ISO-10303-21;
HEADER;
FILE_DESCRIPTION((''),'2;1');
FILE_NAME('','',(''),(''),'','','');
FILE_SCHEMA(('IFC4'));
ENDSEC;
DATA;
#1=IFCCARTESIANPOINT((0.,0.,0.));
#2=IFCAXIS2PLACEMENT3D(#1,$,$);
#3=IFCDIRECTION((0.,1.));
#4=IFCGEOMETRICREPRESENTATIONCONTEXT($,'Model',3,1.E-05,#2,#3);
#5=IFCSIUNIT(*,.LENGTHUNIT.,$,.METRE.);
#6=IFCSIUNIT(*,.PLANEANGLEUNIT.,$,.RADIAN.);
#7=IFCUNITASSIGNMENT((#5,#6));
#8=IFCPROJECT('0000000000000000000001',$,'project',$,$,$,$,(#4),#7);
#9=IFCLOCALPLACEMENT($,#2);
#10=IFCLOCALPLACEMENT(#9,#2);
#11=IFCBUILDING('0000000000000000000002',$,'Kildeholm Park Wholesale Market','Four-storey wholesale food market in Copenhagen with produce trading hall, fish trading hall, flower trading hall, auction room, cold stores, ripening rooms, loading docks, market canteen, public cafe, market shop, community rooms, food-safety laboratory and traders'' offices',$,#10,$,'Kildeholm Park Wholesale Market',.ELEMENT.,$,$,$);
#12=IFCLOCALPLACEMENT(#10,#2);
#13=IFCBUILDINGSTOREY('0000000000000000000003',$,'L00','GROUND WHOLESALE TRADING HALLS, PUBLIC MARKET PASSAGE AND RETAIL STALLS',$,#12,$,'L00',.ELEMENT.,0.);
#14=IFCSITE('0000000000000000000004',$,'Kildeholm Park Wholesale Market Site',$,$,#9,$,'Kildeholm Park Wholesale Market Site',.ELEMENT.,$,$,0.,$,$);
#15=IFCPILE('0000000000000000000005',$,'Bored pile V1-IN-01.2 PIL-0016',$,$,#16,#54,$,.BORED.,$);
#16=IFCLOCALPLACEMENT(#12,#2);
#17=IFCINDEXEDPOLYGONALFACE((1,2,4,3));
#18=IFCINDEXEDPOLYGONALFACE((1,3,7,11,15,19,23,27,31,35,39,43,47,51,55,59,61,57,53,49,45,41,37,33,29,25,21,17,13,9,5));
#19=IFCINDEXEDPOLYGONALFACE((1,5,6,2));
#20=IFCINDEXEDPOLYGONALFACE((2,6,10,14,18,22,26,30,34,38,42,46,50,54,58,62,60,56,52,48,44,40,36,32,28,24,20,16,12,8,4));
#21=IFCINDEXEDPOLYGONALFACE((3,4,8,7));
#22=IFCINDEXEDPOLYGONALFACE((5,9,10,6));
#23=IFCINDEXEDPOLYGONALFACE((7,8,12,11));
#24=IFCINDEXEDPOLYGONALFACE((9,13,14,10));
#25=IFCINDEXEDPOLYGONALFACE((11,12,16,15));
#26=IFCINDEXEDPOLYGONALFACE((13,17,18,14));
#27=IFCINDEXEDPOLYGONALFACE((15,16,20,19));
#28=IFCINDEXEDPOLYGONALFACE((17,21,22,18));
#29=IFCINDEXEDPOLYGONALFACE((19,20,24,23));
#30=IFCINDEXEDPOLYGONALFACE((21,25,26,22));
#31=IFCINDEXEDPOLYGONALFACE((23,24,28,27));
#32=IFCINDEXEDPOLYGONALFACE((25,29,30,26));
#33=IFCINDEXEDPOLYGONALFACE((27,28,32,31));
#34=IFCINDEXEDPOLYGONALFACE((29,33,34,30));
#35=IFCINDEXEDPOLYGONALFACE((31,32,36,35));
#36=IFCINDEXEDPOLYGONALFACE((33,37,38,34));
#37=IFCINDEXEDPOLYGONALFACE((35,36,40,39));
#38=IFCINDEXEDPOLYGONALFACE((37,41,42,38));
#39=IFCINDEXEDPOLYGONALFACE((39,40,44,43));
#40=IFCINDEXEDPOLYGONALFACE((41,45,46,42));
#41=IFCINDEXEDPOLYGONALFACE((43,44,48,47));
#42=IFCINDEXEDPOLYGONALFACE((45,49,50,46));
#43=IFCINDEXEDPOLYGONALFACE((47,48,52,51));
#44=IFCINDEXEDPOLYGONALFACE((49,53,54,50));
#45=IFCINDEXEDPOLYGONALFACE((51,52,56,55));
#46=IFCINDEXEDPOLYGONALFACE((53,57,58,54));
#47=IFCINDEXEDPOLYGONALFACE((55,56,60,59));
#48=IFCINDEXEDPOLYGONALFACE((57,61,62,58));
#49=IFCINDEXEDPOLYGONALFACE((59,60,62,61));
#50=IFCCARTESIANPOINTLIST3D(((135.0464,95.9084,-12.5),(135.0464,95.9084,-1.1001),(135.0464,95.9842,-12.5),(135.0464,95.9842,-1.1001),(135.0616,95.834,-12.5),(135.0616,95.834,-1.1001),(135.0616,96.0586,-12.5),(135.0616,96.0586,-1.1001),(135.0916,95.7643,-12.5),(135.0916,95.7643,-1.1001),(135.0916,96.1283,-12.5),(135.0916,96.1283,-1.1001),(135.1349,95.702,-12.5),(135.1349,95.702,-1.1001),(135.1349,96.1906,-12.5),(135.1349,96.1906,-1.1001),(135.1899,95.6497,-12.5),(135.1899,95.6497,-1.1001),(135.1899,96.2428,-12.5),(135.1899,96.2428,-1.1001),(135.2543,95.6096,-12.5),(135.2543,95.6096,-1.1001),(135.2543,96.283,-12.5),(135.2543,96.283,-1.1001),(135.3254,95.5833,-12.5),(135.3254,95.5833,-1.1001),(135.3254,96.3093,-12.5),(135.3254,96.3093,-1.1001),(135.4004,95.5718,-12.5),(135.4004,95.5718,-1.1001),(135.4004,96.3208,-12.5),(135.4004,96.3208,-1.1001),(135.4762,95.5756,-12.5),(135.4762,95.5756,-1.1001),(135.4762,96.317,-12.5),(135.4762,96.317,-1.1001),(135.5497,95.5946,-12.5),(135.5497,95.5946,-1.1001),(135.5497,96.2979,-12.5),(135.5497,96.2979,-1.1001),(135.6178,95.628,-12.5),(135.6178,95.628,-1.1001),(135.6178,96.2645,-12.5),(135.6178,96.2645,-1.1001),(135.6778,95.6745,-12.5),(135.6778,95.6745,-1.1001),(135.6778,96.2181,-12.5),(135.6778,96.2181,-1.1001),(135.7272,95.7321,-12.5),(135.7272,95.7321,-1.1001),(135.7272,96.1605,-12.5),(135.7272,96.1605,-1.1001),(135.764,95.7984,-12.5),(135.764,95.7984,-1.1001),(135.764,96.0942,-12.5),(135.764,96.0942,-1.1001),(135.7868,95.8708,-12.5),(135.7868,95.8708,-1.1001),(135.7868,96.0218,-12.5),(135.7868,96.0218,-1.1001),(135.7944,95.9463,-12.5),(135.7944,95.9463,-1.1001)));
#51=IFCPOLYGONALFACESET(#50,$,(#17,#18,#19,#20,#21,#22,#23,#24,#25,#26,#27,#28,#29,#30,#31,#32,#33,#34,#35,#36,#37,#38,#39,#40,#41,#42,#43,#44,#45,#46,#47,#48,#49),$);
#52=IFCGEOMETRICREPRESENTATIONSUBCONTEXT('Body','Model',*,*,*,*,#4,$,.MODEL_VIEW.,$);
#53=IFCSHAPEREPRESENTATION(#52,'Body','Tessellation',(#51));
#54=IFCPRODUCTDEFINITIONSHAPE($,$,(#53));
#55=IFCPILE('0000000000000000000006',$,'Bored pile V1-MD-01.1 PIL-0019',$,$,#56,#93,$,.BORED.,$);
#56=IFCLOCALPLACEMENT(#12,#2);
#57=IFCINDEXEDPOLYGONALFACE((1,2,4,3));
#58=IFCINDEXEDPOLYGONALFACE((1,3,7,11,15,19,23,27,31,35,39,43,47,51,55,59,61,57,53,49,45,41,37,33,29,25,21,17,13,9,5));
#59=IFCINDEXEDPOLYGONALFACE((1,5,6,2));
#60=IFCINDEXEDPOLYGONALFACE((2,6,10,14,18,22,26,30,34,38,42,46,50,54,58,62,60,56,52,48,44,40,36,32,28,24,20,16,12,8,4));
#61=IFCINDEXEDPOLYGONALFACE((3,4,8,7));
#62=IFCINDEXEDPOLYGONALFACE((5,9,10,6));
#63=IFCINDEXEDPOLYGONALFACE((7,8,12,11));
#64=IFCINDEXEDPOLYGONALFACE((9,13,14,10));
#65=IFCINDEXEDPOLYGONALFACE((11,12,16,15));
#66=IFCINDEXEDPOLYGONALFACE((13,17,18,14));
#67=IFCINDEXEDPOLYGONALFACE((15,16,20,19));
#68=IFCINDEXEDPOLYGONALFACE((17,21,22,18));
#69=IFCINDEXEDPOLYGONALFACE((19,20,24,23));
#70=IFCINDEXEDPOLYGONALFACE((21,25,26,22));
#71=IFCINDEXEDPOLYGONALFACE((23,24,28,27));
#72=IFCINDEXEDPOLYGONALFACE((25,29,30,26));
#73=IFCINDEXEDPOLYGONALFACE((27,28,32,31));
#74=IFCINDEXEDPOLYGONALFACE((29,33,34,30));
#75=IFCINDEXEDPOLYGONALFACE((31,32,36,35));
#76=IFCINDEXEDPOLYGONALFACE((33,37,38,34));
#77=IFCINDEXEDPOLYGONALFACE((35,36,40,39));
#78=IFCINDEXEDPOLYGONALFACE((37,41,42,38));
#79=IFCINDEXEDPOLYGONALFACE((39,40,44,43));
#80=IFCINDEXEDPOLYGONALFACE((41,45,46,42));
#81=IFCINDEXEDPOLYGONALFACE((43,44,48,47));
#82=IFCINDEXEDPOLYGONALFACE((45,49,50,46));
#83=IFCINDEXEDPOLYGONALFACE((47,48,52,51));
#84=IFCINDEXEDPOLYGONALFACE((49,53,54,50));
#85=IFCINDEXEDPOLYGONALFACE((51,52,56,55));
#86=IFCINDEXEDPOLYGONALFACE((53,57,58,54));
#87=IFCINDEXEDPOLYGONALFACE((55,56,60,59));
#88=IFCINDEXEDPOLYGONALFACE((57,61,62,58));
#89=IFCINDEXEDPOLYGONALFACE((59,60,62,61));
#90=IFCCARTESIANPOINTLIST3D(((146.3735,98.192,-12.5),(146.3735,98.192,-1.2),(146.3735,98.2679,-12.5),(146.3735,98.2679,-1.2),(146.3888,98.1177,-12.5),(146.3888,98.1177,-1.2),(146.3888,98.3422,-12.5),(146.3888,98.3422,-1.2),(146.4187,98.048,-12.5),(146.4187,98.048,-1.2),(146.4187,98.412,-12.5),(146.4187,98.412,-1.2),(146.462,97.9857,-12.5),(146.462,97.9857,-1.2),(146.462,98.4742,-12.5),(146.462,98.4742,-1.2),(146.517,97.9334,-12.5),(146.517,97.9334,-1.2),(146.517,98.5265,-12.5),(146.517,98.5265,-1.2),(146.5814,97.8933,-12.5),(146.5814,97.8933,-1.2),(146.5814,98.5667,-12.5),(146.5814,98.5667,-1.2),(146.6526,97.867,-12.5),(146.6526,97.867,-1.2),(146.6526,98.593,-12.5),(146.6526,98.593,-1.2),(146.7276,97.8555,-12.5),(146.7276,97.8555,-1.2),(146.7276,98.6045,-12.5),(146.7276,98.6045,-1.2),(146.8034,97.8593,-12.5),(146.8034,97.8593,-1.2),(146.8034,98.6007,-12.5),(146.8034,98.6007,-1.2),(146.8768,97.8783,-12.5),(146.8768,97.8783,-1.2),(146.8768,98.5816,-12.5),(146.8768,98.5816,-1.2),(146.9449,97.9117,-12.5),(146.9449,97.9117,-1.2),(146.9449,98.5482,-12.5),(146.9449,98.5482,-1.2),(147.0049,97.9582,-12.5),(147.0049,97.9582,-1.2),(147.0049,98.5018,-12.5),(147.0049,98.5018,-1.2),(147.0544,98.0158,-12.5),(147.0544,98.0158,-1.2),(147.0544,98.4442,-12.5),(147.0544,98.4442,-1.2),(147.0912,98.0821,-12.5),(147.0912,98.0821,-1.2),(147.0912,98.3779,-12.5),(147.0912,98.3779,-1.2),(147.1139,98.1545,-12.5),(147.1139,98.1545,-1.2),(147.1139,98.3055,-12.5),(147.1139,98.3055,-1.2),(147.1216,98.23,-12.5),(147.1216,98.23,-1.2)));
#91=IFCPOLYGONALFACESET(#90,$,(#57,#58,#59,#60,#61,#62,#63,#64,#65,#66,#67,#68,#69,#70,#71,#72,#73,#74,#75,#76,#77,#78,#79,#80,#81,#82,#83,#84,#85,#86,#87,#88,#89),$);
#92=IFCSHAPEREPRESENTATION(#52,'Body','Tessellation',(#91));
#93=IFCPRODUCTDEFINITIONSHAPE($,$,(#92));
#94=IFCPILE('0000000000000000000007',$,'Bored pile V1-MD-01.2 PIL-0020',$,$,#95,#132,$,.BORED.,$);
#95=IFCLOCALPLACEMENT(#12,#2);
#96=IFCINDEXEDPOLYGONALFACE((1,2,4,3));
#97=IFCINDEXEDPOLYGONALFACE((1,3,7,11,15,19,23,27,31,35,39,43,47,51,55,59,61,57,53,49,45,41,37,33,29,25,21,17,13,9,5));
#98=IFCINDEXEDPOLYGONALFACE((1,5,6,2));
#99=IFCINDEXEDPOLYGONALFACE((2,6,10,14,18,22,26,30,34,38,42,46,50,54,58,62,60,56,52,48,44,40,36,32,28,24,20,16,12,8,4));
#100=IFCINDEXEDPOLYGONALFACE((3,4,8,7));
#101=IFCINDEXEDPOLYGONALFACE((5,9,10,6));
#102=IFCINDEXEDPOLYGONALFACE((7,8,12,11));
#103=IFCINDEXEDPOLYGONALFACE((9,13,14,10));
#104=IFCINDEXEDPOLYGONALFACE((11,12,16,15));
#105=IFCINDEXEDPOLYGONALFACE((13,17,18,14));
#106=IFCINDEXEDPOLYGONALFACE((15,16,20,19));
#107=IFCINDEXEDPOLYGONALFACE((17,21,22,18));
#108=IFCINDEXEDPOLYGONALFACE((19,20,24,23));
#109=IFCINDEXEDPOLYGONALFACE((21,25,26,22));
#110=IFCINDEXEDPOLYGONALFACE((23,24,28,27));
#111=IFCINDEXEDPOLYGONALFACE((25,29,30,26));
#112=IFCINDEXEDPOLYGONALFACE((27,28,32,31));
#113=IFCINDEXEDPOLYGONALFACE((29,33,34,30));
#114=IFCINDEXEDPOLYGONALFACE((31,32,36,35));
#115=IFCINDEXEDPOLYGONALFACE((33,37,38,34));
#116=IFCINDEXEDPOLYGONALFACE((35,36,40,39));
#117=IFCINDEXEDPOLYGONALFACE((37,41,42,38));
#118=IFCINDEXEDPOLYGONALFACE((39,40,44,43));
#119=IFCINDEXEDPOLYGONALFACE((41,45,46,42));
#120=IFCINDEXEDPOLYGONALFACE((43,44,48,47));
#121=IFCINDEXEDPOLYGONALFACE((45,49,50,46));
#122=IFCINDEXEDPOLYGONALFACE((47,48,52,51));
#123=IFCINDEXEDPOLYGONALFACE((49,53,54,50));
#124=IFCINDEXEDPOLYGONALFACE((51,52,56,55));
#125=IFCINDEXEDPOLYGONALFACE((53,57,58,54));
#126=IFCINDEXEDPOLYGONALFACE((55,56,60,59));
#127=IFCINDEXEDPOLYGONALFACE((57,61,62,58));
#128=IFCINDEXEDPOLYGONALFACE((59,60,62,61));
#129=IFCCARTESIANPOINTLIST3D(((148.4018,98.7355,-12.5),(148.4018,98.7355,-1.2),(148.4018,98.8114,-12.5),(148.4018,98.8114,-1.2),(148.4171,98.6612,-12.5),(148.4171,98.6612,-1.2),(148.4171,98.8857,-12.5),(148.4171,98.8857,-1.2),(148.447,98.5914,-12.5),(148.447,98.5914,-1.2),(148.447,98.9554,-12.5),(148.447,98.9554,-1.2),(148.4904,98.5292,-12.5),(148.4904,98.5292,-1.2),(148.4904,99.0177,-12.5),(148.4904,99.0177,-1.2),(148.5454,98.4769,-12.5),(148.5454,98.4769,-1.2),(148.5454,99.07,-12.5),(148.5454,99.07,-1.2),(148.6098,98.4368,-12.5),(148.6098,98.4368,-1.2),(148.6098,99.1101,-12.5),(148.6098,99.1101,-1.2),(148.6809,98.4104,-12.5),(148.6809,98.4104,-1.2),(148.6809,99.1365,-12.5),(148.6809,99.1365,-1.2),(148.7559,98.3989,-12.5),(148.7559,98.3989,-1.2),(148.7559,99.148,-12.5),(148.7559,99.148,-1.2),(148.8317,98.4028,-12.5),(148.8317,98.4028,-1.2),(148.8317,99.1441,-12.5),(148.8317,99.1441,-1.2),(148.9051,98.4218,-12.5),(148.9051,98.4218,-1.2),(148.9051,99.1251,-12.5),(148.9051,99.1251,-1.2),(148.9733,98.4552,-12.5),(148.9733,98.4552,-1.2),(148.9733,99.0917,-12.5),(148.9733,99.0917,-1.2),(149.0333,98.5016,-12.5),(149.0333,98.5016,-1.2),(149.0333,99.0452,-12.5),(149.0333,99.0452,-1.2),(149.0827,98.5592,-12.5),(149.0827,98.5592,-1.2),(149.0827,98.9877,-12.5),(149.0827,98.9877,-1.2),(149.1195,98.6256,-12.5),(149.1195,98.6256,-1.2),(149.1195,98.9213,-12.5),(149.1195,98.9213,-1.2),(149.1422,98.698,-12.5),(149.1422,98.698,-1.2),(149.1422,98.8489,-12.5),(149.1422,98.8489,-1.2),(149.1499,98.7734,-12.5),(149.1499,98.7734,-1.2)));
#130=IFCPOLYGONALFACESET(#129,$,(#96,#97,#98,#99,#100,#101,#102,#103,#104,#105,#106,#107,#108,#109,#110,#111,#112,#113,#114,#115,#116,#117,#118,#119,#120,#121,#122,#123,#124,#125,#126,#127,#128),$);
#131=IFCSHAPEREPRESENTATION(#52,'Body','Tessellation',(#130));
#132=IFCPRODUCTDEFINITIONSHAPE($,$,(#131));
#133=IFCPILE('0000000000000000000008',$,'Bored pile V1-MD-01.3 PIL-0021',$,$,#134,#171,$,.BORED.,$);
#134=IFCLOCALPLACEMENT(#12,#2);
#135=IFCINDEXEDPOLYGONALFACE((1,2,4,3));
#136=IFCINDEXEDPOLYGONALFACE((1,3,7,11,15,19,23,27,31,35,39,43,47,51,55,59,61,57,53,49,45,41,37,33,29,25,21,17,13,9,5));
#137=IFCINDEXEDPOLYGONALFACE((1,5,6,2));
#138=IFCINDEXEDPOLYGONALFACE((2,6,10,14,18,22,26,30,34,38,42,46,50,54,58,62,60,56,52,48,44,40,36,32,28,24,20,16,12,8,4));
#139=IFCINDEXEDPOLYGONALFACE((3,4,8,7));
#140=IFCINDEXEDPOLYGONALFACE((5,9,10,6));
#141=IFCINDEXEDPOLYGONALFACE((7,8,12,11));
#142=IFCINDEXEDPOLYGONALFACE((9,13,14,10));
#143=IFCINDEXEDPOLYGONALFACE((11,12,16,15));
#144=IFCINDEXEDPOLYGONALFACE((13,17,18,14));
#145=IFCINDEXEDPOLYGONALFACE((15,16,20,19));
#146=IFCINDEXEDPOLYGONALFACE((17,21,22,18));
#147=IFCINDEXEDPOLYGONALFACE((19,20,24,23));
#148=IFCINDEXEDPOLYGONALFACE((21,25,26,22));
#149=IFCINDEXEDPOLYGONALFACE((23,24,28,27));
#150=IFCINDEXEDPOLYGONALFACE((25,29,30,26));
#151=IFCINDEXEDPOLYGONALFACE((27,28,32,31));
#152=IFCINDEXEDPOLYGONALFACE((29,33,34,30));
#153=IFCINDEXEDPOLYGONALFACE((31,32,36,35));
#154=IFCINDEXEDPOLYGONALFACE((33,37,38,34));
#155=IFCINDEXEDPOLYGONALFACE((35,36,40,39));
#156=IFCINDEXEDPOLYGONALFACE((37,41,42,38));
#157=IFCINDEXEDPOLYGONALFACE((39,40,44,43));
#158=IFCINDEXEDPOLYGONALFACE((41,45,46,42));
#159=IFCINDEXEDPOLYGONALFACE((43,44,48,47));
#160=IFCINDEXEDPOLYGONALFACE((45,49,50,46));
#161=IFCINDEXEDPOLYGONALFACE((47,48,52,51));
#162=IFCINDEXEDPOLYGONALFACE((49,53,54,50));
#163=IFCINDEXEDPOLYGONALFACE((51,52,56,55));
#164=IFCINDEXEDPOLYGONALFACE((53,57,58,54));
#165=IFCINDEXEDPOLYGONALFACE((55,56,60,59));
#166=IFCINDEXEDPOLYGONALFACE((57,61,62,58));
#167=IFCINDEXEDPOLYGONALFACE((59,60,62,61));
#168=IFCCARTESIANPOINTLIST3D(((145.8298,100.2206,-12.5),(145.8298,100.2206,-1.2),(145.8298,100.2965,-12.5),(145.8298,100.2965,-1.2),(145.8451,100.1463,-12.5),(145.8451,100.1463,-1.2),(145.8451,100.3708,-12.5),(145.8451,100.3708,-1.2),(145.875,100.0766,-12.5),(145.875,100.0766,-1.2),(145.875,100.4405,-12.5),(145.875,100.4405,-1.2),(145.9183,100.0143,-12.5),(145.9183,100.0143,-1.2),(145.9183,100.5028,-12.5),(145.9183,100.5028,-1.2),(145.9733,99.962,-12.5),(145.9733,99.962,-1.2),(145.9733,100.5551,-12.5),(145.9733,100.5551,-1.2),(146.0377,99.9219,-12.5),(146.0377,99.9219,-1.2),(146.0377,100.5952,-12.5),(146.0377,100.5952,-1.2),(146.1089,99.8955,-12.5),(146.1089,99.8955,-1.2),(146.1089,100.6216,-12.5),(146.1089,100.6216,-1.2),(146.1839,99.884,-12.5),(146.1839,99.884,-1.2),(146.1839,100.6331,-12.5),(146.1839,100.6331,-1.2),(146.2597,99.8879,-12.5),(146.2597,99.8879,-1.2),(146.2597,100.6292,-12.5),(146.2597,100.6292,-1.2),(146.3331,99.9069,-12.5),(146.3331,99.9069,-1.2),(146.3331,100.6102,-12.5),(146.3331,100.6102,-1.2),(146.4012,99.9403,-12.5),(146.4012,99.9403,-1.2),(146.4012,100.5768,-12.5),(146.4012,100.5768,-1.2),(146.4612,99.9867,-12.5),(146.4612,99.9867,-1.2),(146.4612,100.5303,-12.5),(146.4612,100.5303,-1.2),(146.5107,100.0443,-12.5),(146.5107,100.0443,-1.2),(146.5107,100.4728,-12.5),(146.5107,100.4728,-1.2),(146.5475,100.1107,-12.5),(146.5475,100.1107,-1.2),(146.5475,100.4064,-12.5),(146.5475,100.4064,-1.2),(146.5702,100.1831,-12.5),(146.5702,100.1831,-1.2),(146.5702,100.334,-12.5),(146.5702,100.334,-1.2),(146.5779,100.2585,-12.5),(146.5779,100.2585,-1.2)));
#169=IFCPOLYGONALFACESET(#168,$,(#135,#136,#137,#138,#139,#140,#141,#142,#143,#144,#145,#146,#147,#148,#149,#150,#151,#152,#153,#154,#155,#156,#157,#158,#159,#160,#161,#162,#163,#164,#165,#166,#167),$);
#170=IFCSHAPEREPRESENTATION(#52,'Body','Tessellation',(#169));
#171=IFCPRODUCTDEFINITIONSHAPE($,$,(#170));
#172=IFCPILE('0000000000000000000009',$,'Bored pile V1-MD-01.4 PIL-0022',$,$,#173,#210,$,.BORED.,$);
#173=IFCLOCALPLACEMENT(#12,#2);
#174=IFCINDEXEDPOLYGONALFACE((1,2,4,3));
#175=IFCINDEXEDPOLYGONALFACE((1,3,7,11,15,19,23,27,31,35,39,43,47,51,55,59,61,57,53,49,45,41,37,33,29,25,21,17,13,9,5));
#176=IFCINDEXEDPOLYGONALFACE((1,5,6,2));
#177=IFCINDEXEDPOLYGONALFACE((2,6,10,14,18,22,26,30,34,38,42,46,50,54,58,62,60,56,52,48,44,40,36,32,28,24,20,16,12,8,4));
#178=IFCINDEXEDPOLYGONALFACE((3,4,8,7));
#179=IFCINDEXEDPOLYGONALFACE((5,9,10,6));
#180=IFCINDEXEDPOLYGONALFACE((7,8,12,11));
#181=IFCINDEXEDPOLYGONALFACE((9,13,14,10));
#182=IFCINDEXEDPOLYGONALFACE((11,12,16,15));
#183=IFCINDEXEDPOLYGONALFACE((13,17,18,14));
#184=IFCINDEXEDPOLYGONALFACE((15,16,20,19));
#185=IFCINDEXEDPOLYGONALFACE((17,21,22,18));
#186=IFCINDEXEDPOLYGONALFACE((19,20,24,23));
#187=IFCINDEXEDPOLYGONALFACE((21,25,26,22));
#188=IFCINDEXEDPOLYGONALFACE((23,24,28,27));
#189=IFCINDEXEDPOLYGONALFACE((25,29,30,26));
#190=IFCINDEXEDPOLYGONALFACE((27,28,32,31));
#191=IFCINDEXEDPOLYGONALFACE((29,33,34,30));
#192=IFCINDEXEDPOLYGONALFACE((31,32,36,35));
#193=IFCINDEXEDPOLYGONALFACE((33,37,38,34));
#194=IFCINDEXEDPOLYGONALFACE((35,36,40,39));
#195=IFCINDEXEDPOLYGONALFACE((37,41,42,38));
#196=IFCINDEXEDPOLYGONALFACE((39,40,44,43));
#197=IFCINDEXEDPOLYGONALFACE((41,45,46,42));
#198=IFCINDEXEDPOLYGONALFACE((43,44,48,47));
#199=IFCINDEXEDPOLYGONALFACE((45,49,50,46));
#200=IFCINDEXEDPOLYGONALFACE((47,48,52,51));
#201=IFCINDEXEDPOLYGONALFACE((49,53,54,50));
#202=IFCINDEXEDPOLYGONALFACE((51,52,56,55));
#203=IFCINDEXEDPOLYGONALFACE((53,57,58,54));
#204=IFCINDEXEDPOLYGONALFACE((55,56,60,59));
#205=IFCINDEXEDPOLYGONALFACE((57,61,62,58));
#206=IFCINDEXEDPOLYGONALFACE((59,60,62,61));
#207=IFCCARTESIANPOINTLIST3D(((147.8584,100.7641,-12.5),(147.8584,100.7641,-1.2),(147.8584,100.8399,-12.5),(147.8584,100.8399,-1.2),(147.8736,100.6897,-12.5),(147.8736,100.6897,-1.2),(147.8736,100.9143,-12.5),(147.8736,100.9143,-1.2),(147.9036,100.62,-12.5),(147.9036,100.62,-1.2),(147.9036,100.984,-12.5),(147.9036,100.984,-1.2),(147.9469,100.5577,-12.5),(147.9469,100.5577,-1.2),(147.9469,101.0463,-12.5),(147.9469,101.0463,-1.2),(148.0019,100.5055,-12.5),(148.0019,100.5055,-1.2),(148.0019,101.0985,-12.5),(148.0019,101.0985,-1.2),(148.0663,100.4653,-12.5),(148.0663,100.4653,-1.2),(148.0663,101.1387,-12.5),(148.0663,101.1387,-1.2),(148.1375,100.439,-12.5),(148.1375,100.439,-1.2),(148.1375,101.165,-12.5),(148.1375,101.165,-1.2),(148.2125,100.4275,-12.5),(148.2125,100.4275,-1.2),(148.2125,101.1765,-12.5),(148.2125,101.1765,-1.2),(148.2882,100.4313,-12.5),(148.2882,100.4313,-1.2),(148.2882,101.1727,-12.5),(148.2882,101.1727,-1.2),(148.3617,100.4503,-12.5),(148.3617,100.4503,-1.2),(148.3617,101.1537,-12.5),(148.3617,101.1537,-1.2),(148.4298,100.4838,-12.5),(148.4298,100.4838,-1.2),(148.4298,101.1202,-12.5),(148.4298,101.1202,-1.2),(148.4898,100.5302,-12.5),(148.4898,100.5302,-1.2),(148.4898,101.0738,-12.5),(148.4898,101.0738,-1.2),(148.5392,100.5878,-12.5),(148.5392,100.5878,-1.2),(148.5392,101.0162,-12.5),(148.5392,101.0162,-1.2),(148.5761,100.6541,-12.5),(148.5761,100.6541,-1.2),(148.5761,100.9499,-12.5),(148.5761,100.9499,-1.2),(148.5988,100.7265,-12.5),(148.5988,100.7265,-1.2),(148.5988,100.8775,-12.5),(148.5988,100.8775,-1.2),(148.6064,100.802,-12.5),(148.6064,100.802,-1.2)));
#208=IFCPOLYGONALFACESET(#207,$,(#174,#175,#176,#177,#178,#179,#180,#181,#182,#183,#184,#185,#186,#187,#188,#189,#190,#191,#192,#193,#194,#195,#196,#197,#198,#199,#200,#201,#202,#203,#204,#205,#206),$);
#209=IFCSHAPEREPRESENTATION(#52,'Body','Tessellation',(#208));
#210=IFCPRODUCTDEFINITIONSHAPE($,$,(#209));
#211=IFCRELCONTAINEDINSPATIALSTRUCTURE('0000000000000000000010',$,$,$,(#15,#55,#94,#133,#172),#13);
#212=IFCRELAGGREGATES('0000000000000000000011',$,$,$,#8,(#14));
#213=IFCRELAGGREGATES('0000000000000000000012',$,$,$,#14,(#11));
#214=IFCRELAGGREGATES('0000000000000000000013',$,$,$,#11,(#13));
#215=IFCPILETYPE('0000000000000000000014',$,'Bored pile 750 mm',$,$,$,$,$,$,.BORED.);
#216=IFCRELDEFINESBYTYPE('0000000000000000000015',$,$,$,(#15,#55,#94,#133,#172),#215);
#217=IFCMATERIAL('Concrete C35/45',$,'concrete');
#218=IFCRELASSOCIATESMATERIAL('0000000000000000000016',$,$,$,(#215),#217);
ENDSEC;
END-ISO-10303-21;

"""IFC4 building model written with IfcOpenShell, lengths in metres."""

from ifc_helpers import new_model, si_unit, direction, frame, origin, origin_2d, place, context, subcontext, project, spatial, circle, extrude, material, material_profile, profile_set, type_object, element, save


model = new_model("IFC4")

# Units and contexts
model_context = context("Model", 3, precision=1e-05, world=origin(), true_north=direction((0.0, 1.0)))
body_context = subcontext(model_context, "Body", "Model", "MODEL_VIEW")
ifc_project = project(units=[si_unit("LENGTHUNIT", "METRE"), si_unit("PLANEANGLEUNIT", "RADIAN")], contexts=[model_context])

# Site, building, storey
site_placement = place(None, origin())
site = spatial("IfcSite", under=ifc_project, at=site_placement, Name="Kildeholm Park Wholesale Market Site", LongName="Kildeholm Park Wholesale Market Site", CompositionType="ELEMENT", RefElevation=0.0)
building_placement = place(site_placement, origin())
building = spatial("IfcBuilding", under=site, at=building_placement, Name="Kildeholm Park Wholesale Market", Description="Four-storey wholesale food market in Copenhagen with produce trading hall, fish trading hall, flower trading hall, auction room, cold stores, ripening rooms, loading docks, market canteen, public cafe, market shop, community rooms, food-safety laboratory and traders' offices", LongName="Kildeholm Park Wholesale Market", CompositionType="ELEMENT")
storey_placement = place(building_placement, origin())
storey = spatial("IfcBuildingStorey", under=building, at=storey_placement, Name="L00", Description="GROUND WHOLESALE TRADING HALLS, PUBLIC MARKET PASSAGE AND RETAIL STALLS", LongName="L00", CompositionType="ELEMENT", Elevation=0.0)

# Piles
ifc_material_1 = material(Name="Concrete C35/45", Category="concrete")
ifc_material_profile_1 = material_profile(ifc_material_1, circle(Radius=0.375, at=origin_2d()), Name="PILE D750")
ifc_profile_set_1 = profile_set([ifc_material_profile_1], Name="Concrete C35/45")
pile_type_1 = type_object("IfcPileType", Name="Bored pile 750 mm", PredefinedType="BORED", material=ifc_profile_set_1)
pile_placement = place(storey_placement, frame((135.4194, 95.9463, -1.1001), z_axis=(0.0, 0.0, -1.0), x_axis=(1.0, 0.0, 0.0)))
element("IfcPile", 1, at=pile_placement, inside=storey, type_object=pile_type_1, Name="Bored pile V1-IN-01.2 PIL-0016", PredefinedType="BORED", context=body_context, shape_type="SweptSolid", body=[
    extrude(circle(Radius=0.375, at=origin_2d()), origin(), (0.0, 0.0, 1.0), 11.3999),
])
for number, where, z_axis, x_axis, name in (
    (2, (146.7466, 98.23, -1.2), (0.0, 0.0, -1.0), (1.0, 0.0, 0.0), "Bored pile V1-MD-01.1 PIL-0019"),
    (3, (148.7749, 98.7734, -1.2), (0.0, 0.0, -1.0), (1.0, 0.0, 0.0), "Bored pile V1-MD-01.2 PIL-0020"),
    (4, (146.2029, 100.2585, -1.2), (0.0, 0.0, -1.0), (1.0, 0.0, 0.0), "Bored pile V1-MD-01.3 PIL-0021"),
    (5, (148.2314, 100.802, -1.2), (0.0, 0.0, -1.0), (1.0, 0.0, 0.0), "Bored pile V1-MD-01.4 PIL-0022"),
):
    element("IfcPile", number, at=place(storey_placement, frame(where, z_axis=z_axis, x_axis=x_axis)), inside=storey, type_object=pile_type_1, Name=name, PredefinedType="BORED", context=body_context, shape_type="SweptSolid", body=[
        extrude(circle(Radius=0.375, at=origin_2d()), origin(), (0.0, 0.0, 1.0), 11.3),
    ])

save(model, "model.ifc")
